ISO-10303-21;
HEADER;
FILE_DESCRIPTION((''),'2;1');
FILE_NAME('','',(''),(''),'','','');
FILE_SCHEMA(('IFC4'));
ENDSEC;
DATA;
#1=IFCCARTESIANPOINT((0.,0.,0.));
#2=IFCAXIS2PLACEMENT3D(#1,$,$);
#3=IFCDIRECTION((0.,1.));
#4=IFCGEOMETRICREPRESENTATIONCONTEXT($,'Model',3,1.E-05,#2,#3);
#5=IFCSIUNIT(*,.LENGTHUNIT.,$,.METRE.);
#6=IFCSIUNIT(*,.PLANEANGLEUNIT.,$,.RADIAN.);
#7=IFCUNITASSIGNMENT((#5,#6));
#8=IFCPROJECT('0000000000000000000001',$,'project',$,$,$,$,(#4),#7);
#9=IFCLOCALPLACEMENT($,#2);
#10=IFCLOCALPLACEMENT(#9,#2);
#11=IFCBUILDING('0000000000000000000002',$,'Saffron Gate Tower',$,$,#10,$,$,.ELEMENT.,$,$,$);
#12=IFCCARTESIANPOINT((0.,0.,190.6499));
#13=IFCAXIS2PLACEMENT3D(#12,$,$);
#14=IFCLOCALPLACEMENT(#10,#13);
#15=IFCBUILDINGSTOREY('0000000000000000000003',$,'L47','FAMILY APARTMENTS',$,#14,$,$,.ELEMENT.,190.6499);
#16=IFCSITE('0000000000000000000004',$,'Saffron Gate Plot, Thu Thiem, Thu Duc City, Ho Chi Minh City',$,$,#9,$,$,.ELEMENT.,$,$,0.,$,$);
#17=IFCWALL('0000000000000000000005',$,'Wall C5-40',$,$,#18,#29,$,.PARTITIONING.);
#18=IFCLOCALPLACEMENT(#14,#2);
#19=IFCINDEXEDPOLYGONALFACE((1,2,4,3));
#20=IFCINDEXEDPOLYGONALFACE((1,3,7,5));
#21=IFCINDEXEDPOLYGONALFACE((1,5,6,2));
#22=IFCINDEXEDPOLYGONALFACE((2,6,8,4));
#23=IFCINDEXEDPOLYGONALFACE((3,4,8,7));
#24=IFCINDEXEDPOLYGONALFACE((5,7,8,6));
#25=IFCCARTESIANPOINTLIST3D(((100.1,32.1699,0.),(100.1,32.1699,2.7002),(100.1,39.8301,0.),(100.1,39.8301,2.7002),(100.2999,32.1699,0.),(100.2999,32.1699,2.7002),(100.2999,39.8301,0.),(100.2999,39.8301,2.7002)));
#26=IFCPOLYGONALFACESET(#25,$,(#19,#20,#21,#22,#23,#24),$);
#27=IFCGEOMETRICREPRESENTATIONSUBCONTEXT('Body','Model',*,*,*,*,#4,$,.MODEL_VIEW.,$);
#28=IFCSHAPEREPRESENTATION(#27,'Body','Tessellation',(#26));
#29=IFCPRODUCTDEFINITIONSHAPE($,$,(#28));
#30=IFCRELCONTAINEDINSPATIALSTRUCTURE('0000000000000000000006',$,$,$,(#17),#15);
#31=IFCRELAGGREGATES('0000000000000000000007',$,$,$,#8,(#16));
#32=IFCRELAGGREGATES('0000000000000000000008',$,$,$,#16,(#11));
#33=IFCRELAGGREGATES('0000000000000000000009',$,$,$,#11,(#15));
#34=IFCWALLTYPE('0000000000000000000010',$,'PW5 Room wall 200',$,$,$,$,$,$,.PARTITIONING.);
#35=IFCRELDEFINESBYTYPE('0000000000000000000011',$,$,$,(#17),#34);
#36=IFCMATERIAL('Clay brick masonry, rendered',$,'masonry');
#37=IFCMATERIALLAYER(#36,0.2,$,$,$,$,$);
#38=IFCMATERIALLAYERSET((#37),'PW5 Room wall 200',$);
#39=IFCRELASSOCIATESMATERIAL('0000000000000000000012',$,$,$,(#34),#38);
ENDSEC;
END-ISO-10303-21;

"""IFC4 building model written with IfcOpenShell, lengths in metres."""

from ifc_helpers import new_model, si_unit, direction, frame, frame_2d, origin, place, context, subcontext, project, spatial, rectangle, extrude, material, layer, layer_set, type_object, element, save


model = new_model("IFC4")

# Units and contexts
model_context = context("Model", 3, precision=1e-05, world=origin(), true_north=direction((0.0, 1.0)))
body_context = subcontext(model_context, "Body", "Model", "MODEL_VIEW")
ifc_project = project(units=[si_unit("LENGTHUNIT", "METRE"), si_unit("PLANEANGLEUNIT", "RADIAN")], contexts=[model_context])

# Site, building, storey
site_placement = place(None, origin())
site = spatial("IfcSite", under=ifc_project, at=site_placement, Name="Saffron Gate Plot, Thu Thiem, Thu Duc City, Ho Chi Minh City", CompositionType="ELEMENT", RefElevation=0.0)
building_placement = place(site_placement, origin())
building = spatial("IfcBuilding", under=site, at=building_placement, Name="Saffron Gate Tower", CompositionType="ELEMENT")
storey_placement = place(building_placement, frame((0.0, 0.0, 190.6499)))
storey = spatial("IfcBuildingStorey", under=building, at=storey_placement, Name="L47", Description="FAMILY APARTMENTS", CompositionType="ELEMENT", Elevation=190.6499)

# Wall
ifc_material_1 = material(Name="Clay brick masonry, rendered", Category="masonry")
ifc_layer_1 = layer(ifc_material_1, 0.2)
ifc_layer_set_1 = layer_set([ifc_layer_1], Name="PW5 Room wall 200")
wall_type_1 = type_object("IfcWallType", Name="PW5 Room wall 200", PredefinedType="PARTITIONING", material=ifc_layer_set_1)
wall_1_placement = place(storey_placement, frame((100.2, 39.8301, 0.0), z_axis=(0.0, 0.0, 1.0), x_axis=(0.0, -1.0, 0.0)))
element("IfcWall", 1, at=wall_1_placement, inside=storey, type_object=wall_type_1, Name="Wall C5-40", PredefinedType="PARTITIONING", context=body_context, shape_type="SweptSolid", body=[
    extrude(rectangle(XDim=7.6602, YDim=0.2, at=frame_2d((3.8301, 0.0))), origin(), (0.0, 0.0, 1.0), 2.7002),
])

save(model, "model.ifc")
